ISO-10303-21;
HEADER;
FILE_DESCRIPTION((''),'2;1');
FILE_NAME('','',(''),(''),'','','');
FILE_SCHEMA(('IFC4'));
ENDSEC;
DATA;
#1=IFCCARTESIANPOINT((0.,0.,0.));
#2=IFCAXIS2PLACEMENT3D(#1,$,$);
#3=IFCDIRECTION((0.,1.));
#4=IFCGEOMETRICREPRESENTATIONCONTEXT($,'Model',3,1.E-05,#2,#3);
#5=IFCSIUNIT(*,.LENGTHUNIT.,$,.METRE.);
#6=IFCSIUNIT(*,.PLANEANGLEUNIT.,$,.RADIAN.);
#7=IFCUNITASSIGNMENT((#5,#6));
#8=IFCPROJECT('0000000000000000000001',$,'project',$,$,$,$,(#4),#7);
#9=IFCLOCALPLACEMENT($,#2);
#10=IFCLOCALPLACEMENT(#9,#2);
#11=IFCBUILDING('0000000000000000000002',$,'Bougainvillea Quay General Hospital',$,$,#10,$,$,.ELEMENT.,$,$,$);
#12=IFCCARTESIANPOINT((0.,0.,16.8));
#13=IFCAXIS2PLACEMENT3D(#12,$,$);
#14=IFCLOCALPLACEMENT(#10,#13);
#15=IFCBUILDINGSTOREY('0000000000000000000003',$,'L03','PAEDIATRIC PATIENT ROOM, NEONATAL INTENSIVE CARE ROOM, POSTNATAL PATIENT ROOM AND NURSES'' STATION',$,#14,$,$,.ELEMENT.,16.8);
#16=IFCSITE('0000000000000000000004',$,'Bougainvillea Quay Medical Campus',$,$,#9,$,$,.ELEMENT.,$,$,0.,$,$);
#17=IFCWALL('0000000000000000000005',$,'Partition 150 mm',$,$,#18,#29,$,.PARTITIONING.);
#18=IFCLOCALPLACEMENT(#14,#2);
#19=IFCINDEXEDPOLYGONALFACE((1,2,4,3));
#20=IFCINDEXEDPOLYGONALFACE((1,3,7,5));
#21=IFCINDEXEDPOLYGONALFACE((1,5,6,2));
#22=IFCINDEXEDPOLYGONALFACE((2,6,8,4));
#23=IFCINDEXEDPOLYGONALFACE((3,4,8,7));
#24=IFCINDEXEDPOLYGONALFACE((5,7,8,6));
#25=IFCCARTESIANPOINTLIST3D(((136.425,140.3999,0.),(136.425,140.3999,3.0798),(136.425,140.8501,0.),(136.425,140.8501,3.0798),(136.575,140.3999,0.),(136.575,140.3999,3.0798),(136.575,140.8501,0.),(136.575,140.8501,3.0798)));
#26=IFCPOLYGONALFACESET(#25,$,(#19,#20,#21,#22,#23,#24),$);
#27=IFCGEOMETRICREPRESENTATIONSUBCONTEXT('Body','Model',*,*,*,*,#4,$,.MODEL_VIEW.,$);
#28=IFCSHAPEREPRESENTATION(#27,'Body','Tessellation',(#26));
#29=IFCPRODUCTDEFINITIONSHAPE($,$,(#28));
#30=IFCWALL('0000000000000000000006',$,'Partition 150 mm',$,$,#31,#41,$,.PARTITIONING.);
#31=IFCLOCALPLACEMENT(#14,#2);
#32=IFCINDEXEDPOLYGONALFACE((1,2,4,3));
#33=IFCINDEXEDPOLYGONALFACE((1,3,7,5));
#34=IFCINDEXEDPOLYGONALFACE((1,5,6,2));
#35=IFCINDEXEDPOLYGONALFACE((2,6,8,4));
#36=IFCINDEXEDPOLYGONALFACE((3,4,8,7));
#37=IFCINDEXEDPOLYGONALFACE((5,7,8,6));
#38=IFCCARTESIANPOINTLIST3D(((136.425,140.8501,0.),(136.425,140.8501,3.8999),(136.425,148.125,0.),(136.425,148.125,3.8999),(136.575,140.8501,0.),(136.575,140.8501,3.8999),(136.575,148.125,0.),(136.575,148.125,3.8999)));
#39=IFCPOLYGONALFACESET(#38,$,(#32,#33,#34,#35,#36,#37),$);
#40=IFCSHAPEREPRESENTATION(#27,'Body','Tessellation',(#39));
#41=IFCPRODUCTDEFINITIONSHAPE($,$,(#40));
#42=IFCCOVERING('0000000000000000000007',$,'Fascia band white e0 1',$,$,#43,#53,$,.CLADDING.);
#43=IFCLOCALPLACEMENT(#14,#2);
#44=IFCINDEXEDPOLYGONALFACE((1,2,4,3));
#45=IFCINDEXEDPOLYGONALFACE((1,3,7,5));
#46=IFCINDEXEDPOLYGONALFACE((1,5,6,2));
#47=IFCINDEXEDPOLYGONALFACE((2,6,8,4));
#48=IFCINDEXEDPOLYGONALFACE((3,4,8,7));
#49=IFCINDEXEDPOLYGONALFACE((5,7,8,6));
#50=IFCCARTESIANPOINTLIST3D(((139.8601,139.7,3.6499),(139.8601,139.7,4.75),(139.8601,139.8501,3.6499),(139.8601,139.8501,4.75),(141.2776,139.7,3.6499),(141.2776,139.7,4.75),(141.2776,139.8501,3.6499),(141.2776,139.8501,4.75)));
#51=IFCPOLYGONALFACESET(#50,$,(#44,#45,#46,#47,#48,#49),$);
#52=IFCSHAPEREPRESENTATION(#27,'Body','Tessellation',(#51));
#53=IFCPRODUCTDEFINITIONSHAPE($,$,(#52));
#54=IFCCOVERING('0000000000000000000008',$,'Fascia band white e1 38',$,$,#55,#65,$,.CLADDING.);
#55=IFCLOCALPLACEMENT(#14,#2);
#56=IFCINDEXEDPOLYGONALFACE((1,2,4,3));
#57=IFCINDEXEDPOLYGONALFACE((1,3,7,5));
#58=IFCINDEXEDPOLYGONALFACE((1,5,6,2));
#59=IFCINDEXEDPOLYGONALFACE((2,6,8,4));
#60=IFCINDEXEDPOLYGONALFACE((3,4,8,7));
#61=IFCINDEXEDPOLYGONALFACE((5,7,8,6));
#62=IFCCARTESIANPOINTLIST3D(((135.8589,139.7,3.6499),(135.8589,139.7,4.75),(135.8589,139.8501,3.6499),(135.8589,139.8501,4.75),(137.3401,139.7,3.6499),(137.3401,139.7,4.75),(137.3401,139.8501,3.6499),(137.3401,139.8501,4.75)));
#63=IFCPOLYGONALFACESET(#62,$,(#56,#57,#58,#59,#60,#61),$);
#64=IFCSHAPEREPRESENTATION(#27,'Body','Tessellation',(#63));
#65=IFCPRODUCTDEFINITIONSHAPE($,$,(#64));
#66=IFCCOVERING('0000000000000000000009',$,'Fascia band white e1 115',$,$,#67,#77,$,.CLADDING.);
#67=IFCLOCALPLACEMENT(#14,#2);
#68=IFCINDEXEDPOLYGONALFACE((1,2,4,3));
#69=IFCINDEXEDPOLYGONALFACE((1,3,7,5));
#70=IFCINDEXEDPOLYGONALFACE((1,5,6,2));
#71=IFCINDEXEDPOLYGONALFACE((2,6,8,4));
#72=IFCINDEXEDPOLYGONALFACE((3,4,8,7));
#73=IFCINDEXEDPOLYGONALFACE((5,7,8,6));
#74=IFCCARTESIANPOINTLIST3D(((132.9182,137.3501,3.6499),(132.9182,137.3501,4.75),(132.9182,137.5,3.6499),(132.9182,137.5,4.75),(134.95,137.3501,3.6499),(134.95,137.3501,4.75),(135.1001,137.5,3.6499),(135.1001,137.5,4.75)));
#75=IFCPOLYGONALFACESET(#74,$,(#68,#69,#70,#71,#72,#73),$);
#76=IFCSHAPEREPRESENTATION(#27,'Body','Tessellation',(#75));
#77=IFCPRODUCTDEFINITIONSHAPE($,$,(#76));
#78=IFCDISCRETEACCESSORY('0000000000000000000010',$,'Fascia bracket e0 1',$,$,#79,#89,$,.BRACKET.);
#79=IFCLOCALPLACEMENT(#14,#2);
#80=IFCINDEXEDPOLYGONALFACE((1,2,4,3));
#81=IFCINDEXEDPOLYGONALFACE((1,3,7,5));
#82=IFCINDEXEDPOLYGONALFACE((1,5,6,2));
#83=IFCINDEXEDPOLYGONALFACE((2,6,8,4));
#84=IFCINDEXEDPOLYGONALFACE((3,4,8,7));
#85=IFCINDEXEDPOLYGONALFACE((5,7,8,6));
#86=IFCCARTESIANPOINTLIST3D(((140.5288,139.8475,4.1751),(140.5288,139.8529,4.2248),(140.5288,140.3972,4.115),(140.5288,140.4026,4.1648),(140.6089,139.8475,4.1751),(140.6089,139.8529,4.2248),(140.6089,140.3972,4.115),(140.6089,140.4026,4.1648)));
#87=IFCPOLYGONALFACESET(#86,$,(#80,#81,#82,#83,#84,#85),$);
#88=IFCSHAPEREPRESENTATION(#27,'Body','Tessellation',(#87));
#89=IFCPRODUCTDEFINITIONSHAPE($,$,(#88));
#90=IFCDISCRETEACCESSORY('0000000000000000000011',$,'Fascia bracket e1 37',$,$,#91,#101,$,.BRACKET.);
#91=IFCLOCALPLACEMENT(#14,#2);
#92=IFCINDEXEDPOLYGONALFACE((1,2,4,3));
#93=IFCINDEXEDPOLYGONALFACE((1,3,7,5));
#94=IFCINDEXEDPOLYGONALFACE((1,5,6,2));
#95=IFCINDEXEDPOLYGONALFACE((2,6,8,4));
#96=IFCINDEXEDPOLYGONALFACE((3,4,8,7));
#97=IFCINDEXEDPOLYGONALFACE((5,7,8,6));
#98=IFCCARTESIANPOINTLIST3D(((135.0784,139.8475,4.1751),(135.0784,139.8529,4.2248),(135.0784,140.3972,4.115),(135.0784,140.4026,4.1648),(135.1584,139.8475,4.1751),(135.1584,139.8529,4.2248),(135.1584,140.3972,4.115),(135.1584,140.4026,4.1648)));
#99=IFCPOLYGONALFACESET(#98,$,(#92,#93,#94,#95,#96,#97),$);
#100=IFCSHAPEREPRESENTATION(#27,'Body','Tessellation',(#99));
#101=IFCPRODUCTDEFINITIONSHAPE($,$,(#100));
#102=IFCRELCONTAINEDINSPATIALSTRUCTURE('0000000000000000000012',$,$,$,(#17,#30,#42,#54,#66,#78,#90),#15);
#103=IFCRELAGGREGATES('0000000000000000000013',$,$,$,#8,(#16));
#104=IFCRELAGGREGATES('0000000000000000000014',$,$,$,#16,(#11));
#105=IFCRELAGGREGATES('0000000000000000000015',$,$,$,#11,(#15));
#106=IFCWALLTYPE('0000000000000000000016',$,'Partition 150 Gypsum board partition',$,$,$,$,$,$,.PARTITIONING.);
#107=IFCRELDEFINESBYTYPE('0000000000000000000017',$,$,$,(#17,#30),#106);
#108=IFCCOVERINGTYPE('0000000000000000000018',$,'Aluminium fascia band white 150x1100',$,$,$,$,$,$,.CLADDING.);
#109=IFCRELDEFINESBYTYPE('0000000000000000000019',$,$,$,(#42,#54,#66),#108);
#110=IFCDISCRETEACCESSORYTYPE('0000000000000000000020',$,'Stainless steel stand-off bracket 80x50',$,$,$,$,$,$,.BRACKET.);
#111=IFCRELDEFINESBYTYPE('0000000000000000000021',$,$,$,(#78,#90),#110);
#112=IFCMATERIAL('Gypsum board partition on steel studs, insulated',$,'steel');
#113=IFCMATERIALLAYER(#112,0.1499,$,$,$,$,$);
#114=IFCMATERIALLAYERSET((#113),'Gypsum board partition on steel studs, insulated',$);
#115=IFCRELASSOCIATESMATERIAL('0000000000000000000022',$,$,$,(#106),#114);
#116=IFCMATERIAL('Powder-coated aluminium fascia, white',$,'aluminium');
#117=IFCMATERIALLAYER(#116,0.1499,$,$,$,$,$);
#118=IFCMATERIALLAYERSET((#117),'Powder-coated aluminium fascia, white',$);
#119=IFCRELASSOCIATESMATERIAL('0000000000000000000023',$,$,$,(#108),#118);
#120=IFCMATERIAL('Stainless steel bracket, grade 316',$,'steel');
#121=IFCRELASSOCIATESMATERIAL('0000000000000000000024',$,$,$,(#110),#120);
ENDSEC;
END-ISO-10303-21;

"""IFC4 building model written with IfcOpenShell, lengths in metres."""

from ifc_helpers import new_model, si_unit, direction, frame, frame_2d, origin, origin_2d, place, context, subcontext, project, spatial, polyline, rectangle, outline, extrude, material, layer, layer_set, material_profile, profile_set, type_object, element, save


model = new_model("IFC4")

# Units and contexts
model_context = context("Model", 3, precision=1e-05, world=origin(), true_north=direction((0.0, 1.0)))
body_context = subcontext(model_context, "Body", "Model", "MODEL_VIEW")
ifc_project = project(units=[si_unit("LENGTHUNIT", "METRE"), si_unit("PLANEANGLEUNIT", "RADIAN")], contexts=[model_context])

# Site, building, storey
site_placement = place(None, origin())
site = spatial("IfcSite", under=ifc_project, at=site_placement, Name="Bougainvillea Quay Medical Campus", CompositionType="ELEMENT", RefElevation=0.0)
building_placement = place(site_placement, origin())
building = spatial("IfcBuilding", under=site, at=building_placement, Name="Bougainvillea Quay General Hospital", CompositionType="ELEMENT")
storey_placement = place(building_placement, frame((0.0, 0.0, 16.8)))
storey = spatial("IfcBuildingStorey", under=building, at=storey_placement, Name="L03", Description="PAEDIATRIC PATIENT ROOM, NEONATAL INTENSIVE CARE ROOM, POSTNATAL PATIENT ROOM AND NURSES' STATION", CompositionType="ELEMENT", Elevation=16.8)

# Walls
ifc_material_1 = material(Name="Gypsum board partition on steel studs, insulated", Category="steel")
ifc_layer_1 = layer(ifc_material_1, 0.1499)
ifc_layer_set_1 = layer_set([ifc_layer_1], Name="Gypsum board partition on steel studs, insulated")
wall_type_1 = type_object("IfcWallType", Name="Partition 150 Gypsum board partition", PredefinedType="PARTITIONING", material=ifc_layer_set_1)
wall_1_placement = place(storey_placement, frame((136.5, 140.3999, 0.0), z_axis=(0.0, 0.0, 1.0), x_axis=(0.0, 1.0, 0.0)))
element("IfcWall", 1, at=wall_1_placement, inside=storey, type_object=wall_type_1, Name="Partition 150 mm", PredefinedType="PARTITIONING", context=body_context, shape_type="SweptSolid", body=[
    extrude(rectangle(XDim=0.4502, YDim=0.1499, at=frame_2d((0.2251, 0.0))), origin(), (0.0, 0.0, 1.0), 3.0798),
])
wall_2_placement = place(storey_placement, frame((136.5, 140.8501, 0.0), z_axis=(0.0, 0.0, 1.0), x_axis=(0.0, 1.0, 0.0)))
element("IfcWall", 2, at=wall_2_placement, inside=storey, type_object=wall_type_1, Name="Partition 150 mm", PredefinedType="PARTITIONING", context=body_context, shape_type="SweptSolid", body=[
    extrude(rectangle(XDim=7.2749, YDim=0.1499, at=frame_2d((3.6375, 0.0))), origin(), (0.0, 0.0, 1.0), 3.8999),
])

# Coverings
ifc_material_2 = material(Name="Powder-coated aluminium fascia, white", Category="aluminium")
ifc_layer_2 = layer(ifc_material_2, 0.1499)
ifc_layer_set_2 = layer_set([ifc_layer_2], Name="Powder-coated aluminium fascia, white")
covering_type = type_object("IfcCoveringType", Name="Aluminium fascia band white 150x1100", PredefinedType="CLADDING", material=ifc_layer_set_2)
covering_1_placement = place(storey_placement, frame((139.8601, 139.8501, 3.6499), z_axis=(0.0, 0.0, 1.0), x_axis=(1.0, 0.0, 0.0)))
element("IfcCovering", 3, at=covering_1_placement, inside=storey, type_object=covering_type, Name="Fascia band white e0 1", PredefinedType="CLADDING", context=body_context, shape_type="SweptSolid", body=[
    extrude(outline(polyline([(0.0, 0.0), (1.4175, 0.0), (1.4175, -0.1501), (0.0, -0.1501), (0.0, 0.0)])), origin(), (0.0, 0.0, 1.0), 1.1001),
])
covering_2_placement = place(storey_placement, frame((135.8589, 139.8501, 3.6499), z_axis=(0.0, 0.0, 1.0), x_axis=(1.0, 0.0, 0.0)))
element("IfcCovering", 4, at=covering_2_placement, inside=storey, type_object=covering_type, Name="Fascia band white e1 38", PredefinedType="CLADDING", context=body_context, shape_type="SweptSolid", body=[
    extrude(outline(polyline([(0.0, 0.0), (1.4812, 0.0), (1.4812, -0.1501), (0.0, -0.1501), (0.0, 0.0)])), origin(), (0.0, 0.0, 1.0), 1.1001),
])
covering_3_placement = place(storey_placement, frame((134.95, 137.3501, 3.6499), z_axis=(0.0, 0.0, 1.0), x_axis=(-1.0, 0.0, 0.0)))
element("IfcCovering", 5, at=covering_3_placement, inside=storey, type_object=covering_type, Name="Fascia band white e1 115", PredefinedType="CLADDING", context=body_context, shape_type="SweptSolid", body=[
    extrude(outline(polyline([(0.0, 0.0), (2.0317, 0.0), (2.0317, -0.1499), (-0.1501, -0.1499), (0.0, 0.0)])), origin(), (0.0, 0.0, 1.0), 1.1001),
])

# Discrete accessories
ifc_material_3 = material(Name="Stainless steel bracket, grade 316", Category="steel")
ifc_material_profile_1 = material_profile(ifc_material_3, rectangle(XDim=0.0801, YDim=0.05, at=origin_2d()))
ifc_profile_set_1 = profile_set([ifc_material_profile_1], Name="Stainless steel bracket, grade 316")
discrete_accessory_type = type_object("IfcDiscreteAccessoryType", Name="Stainless steel stand-off bracket 80x50", PredefinedType="BRACKET", material=ifc_profile_set_1)
for number, where, z_axis, x_axis, name in (
    (6, (140.5688, 140.3999, 4.1399), (0.0, -0.994087, 0.10859), (1.0, 0.0, 0.0), "Fascia bracket e0 1"),
    (7, (135.1184, 140.3999, 4.1399), (0.0, -0.994087, 0.10859), (1.0, 0.0, 0.0), "Fascia bracket e1 37"),
):
    element("IfcDiscreteAccessory", number, at=place(storey_placement, frame(where, z_axis=z_axis, x_axis=x_axis)), inside=storey, type_object=discrete_accessory_type, Name=name, PredefinedType="BRACKET", context=body_context, shape_type="SweptSolid", body=[
        extrude(rectangle(XDim=0.0801, YDim=0.05, at=origin_2d()), origin(), (0.0, 0.0, 1.0), 0.553),
    ])

save(model, "model.ifc")
